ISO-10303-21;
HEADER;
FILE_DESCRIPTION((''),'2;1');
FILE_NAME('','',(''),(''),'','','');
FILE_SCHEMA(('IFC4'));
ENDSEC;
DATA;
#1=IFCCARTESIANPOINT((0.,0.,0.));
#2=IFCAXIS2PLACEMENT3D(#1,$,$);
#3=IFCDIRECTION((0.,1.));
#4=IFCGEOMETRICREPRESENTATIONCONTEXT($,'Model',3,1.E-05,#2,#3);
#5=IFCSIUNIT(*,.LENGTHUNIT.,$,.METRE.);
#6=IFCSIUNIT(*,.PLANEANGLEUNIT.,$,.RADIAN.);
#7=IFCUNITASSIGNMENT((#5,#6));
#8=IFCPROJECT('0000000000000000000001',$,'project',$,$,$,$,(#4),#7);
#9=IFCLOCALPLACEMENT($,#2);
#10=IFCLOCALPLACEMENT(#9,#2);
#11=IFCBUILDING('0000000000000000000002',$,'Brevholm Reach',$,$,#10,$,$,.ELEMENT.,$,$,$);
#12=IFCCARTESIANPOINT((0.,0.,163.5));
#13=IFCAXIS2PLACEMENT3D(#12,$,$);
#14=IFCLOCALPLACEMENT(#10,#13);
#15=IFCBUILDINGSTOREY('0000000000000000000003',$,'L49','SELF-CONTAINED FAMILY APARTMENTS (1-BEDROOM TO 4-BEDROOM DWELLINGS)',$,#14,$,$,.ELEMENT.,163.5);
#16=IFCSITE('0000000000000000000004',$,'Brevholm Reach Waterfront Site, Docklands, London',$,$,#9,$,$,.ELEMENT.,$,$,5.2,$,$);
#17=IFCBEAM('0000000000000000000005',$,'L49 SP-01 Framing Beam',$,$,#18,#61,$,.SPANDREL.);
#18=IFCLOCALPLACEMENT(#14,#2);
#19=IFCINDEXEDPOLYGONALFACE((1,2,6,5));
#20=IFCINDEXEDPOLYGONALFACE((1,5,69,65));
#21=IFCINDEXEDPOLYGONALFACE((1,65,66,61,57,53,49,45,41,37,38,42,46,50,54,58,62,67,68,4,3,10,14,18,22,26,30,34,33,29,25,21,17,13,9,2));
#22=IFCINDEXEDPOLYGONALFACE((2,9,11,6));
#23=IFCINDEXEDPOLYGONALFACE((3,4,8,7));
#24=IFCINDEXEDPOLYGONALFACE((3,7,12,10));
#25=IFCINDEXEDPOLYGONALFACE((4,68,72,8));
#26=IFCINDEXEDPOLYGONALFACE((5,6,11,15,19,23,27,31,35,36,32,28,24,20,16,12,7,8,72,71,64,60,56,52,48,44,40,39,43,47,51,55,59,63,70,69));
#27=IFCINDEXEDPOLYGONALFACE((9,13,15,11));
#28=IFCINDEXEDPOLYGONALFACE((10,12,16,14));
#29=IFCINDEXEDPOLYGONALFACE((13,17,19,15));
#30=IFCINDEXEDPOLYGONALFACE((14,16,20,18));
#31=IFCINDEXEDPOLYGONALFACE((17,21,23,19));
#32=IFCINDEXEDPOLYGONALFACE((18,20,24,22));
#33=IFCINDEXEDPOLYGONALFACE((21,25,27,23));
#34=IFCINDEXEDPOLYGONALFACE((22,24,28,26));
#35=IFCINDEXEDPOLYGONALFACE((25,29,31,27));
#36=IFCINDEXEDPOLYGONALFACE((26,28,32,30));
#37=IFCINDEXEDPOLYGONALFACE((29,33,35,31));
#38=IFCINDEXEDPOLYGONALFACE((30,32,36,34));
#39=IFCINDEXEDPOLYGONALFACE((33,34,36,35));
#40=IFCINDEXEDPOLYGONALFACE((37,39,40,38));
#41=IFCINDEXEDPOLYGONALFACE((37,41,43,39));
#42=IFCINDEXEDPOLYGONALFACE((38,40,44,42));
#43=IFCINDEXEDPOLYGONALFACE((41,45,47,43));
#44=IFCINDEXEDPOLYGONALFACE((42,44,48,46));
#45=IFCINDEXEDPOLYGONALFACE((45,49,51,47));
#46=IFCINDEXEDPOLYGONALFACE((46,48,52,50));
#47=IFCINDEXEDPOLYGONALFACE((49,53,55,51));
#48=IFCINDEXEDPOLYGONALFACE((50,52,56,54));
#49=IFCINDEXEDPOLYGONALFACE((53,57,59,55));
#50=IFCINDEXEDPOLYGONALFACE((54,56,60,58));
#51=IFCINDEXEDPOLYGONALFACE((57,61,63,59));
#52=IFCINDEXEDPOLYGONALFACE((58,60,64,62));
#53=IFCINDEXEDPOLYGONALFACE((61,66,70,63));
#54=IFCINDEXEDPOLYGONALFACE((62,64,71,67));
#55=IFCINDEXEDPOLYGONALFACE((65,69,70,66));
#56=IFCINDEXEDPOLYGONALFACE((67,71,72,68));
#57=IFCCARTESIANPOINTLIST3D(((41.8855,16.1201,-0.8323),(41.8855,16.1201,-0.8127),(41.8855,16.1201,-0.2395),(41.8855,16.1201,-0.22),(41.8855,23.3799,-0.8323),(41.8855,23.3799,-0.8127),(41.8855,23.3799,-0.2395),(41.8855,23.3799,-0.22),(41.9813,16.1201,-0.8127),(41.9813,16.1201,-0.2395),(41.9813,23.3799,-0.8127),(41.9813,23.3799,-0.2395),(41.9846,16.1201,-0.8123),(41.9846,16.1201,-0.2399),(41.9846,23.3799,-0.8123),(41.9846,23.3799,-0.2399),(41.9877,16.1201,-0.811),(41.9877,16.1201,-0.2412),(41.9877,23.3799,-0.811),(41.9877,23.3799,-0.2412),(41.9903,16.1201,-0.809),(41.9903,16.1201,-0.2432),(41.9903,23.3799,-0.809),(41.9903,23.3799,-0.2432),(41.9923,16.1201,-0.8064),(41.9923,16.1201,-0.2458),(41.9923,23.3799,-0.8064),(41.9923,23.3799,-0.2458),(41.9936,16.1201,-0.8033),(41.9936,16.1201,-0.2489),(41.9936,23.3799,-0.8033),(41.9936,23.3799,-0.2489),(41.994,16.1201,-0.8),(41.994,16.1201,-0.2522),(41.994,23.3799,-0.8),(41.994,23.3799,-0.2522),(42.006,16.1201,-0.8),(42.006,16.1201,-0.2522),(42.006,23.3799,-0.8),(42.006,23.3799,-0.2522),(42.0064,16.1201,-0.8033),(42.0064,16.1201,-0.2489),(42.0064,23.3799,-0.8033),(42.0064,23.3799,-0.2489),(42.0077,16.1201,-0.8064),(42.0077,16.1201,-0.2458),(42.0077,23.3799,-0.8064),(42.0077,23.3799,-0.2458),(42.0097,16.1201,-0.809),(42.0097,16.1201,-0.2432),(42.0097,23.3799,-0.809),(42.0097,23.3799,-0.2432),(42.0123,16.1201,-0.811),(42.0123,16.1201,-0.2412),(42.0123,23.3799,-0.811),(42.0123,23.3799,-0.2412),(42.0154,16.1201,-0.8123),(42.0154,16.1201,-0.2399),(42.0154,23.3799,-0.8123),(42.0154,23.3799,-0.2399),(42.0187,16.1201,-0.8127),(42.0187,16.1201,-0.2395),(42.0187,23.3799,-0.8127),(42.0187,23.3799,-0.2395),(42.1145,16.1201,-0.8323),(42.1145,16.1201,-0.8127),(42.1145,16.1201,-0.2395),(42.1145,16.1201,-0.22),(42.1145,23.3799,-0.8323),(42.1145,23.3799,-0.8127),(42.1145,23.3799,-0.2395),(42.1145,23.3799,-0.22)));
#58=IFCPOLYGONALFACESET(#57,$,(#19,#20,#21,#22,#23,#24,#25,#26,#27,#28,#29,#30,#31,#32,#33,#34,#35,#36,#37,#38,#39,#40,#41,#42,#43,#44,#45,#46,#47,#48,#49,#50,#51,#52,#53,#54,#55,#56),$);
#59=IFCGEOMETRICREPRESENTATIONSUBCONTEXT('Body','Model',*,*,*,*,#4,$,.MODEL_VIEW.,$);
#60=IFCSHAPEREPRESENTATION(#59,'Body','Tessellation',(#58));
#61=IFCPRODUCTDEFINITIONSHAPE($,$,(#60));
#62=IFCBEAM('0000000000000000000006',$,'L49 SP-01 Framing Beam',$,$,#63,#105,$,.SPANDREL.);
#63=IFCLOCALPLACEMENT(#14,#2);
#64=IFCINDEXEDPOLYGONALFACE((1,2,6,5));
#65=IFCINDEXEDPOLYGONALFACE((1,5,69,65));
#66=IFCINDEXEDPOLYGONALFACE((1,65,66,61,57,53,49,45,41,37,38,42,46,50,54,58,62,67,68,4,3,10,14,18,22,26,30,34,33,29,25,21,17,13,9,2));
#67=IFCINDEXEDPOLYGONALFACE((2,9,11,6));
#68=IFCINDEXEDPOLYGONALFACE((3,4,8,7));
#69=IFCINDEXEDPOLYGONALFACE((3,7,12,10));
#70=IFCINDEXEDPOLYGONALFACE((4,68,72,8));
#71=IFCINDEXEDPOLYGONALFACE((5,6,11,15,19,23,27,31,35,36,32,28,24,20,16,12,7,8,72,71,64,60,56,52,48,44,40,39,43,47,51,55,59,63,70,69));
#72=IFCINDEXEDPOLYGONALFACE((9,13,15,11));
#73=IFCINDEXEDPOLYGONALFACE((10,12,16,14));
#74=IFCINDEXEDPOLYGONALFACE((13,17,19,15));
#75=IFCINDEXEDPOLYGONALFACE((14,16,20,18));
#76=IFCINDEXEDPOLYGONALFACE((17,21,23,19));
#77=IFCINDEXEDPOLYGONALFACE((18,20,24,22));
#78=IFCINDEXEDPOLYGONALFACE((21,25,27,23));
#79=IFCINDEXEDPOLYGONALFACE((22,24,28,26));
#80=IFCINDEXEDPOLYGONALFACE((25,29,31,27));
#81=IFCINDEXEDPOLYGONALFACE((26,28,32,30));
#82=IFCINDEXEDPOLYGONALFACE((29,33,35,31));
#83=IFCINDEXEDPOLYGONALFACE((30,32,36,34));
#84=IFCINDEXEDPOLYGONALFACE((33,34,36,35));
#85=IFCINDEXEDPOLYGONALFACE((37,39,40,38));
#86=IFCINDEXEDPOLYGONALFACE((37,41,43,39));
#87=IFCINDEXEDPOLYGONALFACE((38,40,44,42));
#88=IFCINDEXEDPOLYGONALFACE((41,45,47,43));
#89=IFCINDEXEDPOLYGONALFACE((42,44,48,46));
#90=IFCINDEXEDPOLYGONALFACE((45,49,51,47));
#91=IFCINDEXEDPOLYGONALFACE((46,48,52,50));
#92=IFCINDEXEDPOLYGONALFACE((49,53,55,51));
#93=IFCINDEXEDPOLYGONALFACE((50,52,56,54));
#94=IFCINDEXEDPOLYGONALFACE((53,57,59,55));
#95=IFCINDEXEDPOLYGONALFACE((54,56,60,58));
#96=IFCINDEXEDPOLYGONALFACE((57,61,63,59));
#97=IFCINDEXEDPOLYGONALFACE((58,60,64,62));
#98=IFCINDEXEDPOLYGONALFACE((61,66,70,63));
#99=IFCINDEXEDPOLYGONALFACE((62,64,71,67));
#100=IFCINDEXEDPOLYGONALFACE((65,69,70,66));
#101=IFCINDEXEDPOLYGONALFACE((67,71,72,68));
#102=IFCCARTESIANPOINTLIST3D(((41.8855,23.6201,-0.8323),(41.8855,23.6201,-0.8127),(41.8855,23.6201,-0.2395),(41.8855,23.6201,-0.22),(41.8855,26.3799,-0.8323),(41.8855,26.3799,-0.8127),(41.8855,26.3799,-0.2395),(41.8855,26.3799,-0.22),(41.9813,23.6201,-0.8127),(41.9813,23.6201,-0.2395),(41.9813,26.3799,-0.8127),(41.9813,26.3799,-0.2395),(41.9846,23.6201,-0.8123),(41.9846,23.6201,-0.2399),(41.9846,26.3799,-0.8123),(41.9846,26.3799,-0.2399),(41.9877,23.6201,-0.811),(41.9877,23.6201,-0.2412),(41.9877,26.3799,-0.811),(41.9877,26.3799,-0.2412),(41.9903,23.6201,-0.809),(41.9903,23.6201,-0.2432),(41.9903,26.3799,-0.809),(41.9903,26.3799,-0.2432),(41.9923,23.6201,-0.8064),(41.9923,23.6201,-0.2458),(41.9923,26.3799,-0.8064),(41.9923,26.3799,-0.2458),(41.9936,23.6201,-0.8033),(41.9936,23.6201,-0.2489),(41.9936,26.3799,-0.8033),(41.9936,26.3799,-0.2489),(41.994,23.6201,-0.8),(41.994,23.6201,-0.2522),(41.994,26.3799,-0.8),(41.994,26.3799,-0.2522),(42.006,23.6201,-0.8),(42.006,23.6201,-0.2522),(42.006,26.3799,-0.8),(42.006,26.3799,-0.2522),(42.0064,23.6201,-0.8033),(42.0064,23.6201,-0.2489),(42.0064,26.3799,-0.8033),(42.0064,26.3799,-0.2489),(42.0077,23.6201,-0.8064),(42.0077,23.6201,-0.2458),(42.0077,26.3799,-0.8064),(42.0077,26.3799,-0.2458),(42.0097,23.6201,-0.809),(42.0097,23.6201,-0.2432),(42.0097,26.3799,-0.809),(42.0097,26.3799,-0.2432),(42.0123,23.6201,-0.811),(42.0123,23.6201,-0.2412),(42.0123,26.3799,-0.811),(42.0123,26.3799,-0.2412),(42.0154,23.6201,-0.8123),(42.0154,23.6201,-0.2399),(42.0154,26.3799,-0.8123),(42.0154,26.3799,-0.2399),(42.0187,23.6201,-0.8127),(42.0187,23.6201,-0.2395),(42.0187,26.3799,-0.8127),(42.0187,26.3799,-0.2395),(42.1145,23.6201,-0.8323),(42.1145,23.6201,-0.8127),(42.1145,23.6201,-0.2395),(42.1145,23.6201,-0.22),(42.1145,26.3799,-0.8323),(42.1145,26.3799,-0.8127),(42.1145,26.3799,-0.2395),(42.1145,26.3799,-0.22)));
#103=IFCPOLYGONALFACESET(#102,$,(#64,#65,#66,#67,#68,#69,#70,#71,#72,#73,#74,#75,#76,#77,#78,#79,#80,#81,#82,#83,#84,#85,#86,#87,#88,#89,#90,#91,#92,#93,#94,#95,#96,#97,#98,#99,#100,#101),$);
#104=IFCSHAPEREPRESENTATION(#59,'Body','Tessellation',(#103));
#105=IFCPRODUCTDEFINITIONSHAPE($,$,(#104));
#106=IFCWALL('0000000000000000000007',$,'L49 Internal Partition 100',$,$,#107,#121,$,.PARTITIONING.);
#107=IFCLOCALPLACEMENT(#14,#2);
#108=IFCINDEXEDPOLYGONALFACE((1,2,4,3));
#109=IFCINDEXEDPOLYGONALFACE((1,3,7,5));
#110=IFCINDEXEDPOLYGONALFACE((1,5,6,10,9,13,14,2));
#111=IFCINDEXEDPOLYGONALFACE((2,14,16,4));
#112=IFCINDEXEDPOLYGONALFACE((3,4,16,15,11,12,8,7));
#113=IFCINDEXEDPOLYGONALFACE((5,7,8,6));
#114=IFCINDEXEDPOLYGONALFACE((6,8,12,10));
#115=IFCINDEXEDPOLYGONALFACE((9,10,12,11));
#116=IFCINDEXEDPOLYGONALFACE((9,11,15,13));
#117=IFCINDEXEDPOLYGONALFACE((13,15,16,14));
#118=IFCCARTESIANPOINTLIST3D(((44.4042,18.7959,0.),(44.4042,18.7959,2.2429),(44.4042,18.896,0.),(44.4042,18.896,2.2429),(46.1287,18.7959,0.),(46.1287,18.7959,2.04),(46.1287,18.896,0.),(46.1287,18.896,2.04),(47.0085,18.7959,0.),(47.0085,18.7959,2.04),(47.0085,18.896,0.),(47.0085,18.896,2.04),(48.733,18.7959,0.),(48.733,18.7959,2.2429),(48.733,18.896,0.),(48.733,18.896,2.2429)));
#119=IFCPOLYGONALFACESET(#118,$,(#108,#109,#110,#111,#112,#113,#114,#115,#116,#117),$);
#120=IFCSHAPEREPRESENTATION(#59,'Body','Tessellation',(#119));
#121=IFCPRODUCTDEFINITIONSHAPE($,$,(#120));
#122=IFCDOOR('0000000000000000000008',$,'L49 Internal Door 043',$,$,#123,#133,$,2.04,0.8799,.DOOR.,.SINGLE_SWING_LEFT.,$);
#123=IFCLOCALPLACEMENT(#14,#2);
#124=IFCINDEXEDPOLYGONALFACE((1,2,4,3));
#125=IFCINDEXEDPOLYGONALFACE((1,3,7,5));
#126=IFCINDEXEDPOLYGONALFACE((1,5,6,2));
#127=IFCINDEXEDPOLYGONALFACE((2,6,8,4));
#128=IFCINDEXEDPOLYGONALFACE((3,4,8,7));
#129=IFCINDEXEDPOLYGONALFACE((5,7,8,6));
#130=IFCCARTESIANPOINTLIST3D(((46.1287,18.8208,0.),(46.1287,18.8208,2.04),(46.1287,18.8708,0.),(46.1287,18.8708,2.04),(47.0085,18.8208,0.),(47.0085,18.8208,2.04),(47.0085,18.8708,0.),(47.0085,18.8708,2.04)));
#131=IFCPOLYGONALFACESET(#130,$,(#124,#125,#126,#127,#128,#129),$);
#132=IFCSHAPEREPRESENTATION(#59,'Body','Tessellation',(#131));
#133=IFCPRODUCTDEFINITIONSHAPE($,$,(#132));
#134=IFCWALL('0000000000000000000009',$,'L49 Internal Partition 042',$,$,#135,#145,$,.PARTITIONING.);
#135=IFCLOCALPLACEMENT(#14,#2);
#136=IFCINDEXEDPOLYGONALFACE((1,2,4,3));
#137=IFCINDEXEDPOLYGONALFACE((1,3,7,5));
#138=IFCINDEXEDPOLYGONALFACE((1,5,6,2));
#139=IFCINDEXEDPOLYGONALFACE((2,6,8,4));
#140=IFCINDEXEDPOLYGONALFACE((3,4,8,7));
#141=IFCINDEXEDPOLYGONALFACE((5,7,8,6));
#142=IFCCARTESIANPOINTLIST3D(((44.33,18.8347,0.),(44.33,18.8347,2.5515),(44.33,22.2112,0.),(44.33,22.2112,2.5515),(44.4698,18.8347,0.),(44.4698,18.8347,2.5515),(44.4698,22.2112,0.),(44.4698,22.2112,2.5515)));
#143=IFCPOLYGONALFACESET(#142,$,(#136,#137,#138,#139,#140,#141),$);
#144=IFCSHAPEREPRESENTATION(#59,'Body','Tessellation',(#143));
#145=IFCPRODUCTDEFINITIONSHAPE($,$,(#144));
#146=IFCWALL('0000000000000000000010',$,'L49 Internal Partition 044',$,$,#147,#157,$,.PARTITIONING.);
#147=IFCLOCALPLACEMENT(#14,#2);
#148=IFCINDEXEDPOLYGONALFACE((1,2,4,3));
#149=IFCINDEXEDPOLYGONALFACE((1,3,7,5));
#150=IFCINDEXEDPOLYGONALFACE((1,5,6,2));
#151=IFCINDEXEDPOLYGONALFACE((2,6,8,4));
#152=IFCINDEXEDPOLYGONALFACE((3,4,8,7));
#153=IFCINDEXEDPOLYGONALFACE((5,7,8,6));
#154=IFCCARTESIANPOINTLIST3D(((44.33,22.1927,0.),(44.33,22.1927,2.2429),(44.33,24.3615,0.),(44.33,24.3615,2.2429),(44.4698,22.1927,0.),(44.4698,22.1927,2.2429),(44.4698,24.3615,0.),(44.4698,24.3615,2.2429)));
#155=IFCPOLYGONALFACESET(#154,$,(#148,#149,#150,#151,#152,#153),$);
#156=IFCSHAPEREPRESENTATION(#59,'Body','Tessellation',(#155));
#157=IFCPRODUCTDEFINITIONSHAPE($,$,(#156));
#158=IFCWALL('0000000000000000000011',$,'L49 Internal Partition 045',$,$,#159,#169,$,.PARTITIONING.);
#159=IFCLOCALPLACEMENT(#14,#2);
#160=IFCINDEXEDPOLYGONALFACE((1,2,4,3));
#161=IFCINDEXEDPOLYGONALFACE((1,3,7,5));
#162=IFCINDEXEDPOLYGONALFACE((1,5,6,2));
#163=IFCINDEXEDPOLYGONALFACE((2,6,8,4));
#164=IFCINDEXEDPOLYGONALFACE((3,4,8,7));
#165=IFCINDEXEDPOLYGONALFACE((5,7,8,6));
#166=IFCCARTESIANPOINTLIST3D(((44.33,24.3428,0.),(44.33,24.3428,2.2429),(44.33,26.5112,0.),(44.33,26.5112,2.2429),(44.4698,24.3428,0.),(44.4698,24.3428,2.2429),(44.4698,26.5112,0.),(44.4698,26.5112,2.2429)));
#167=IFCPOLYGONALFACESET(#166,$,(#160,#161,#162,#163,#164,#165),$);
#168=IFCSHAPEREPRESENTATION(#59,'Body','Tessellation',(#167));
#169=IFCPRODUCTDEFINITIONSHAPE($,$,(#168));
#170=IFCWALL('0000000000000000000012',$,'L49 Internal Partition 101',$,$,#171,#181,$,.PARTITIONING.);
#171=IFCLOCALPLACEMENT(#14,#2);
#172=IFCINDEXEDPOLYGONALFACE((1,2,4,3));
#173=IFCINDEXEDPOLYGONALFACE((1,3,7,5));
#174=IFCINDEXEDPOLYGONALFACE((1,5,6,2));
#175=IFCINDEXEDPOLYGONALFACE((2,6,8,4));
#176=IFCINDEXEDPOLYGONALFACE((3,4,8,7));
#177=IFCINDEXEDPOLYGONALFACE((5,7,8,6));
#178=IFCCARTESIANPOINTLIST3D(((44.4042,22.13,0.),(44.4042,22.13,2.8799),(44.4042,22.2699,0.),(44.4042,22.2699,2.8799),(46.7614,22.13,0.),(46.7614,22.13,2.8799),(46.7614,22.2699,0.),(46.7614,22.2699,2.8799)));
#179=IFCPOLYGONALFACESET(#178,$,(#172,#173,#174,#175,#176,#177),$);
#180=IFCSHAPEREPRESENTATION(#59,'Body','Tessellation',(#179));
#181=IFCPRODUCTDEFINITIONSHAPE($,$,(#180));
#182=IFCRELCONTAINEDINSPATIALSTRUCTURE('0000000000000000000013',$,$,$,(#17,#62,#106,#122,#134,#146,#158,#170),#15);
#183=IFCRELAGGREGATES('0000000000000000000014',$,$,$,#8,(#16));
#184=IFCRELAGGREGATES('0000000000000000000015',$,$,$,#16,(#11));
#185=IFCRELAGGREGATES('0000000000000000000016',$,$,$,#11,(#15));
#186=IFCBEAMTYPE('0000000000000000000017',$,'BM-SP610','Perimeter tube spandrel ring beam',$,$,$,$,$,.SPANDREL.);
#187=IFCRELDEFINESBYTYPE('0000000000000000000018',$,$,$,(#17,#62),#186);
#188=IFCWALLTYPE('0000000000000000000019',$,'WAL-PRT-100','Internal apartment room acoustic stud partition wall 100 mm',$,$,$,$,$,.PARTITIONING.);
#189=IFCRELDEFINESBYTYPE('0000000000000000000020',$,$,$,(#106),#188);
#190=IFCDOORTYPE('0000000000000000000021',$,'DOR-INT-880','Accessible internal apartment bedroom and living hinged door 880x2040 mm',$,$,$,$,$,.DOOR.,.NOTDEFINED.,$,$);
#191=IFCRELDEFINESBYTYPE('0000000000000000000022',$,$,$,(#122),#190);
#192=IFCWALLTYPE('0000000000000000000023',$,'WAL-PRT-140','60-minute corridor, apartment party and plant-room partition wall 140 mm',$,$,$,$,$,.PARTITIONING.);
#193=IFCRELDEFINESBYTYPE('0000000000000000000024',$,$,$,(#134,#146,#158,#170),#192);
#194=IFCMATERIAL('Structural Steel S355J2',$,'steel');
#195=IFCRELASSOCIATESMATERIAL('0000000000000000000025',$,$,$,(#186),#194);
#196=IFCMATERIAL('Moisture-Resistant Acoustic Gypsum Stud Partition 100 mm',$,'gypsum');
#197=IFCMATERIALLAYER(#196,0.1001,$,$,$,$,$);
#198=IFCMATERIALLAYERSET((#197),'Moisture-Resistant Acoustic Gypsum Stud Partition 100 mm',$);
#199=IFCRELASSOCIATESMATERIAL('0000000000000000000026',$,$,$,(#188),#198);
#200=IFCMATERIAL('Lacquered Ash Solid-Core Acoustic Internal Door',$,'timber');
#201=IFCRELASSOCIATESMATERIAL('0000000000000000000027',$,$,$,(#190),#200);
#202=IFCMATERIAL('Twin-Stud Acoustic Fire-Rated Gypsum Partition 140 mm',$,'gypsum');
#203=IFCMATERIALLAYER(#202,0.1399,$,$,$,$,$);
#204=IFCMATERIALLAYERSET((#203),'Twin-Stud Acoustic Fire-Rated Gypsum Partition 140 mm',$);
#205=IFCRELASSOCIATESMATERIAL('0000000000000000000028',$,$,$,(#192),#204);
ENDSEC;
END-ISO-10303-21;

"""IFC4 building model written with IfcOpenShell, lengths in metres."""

from ifc_helpers import new_model, si_unit, direction, frame, frame_2d, origin, origin_2d, place, context, subcontext, project, spatial, rectangle, i_section, extrude, material, layer, layer_set, material_profile, profile_set, type_object, element, fill, save


model = new_model("IFC4")

# Units and contexts
model_context = context("Model", 3, precision=1e-05, world=origin(), true_north=direction((0.0, 1.0)))
body_context = subcontext(model_context, "Body", "Model", "MODEL_VIEW")
ifc_project = project(units=[si_unit("LENGTHUNIT", "METRE"), si_unit("PLANEANGLEUNIT", "RADIAN")], contexts=[model_context])

# Site, building, storey
site_placement = place(None, origin())
site = spatial("IfcSite", under=ifc_project, at=site_placement, Name="Brevholm Reach Waterfront Site, Docklands, London", CompositionType="ELEMENT", RefElevation=5.2)
building_placement = place(site_placement, origin())
building = spatial("IfcBuilding", under=site, at=building_placement, Name="Brevholm Reach", CompositionType="ELEMENT")
storey_placement = place(building_placement, frame((0.0, 0.0, 163.5)))
storey = spatial("IfcBuildingStorey", under=building, at=storey_placement, Name="L49", Description="SELF-CONTAINED FAMILY APARTMENTS (1-BEDROOM TO 4-BEDROOM DWELLINGS)", CompositionType="ELEMENT", Elevation=163.5)

# Beams
ifc_material_1 = material(Name="Structural Steel S355J2", Category="steel")
ifc_material_profile_1 = material_profile(ifc_material_1, i_section(OverallWidth=0.229, OverallDepth=0.6123, WebThickness=0.012, FlangeThickness=0.0195, FilletRadius=0.0127, at=origin_2d()), Name="UKB 610x229x125")
ifc_profile_set_1 = profile_set([ifc_material_profile_1], Name="Structural Steel S355J2")
beam_type_1 = type_object("IfcBeamType", Name="BM-SP610", Description="Perimeter tube spandrel ring beam", PredefinedType="SPANDREL", material=ifc_profile_set_1)
beam_1_placement = place(storey_placement, frame((42.0, 16.1201, -0.5261), z_axis=(0.0, 1.0, 0.0), x_axis=(-1.0, 0.0, 0.0)))
element("IfcBeam", 1, at=beam_1_placement, inside=storey, type_object=beam_type_1, Name="L49 SP-01 Framing Beam", PredefinedType="SPANDREL", context=body_context, shape_type="SweptSolid", body=[
    extrude(i_section(OverallWidth=0.229, OverallDepth=0.6123, WebThickness=0.012, FlangeThickness=0.0195, FilletRadius=0.0127, at=origin_2d()), origin(), (0.0, 0.0, 1.0), 7.2598),
])
beam_2_placement = place(storey_placement, frame((42.0, 23.6201, -0.5261), z_axis=(0.0, 1.0, 0.0), x_axis=(-1.0, 0.0, 0.0)))
element("IfcBeam", 2, at=beam_2_placement, inside=storey, type_object=beam_type_1, Name="L49 SP-01 Framing Beam", PredefinedType="SPANDREL", context=body_context, shape_type="SweptSolid", body=[
    extrude(i_section(OverallWidth=0.229, OverallDepth=0.6123, WebThickness=0.012, FlangeThickness=0.0195, FilletRadius=0.0127, at=origin_2d()), origin(), (0.0, 0.0, 1.0), 2.7598),
])

# Wall, opening, door
ifc_material_2 = material(Name="Moisture-Resistant Acoustic Gypsum Stud Partition 100 mm", Category="gypsum")
ifc_layer_1 = layer(ifc_material_2, 0.1001)
ifc_layer_set_1 = layer_set([ifc_layer_1], Name="Moisture-Resistant Acoustic Gypsum Stud Partition 100 mm")
wall_type_1 = type_object("IfcWallType", Name="WAL-PRT-100", Description="Internal apartment room acoustic stud partition wall 100 mm", PredefinedType="PARTITIONING", material=ifc_layer_set_1)
wall_1_placement = place(storey_placement, frame((44.4041, 18.8459, 0.0), z_axis=(0.0, 0.0, 1.0), x_axis=(1.0, 0.0, 0.0)))
wall_1 = element("IfcWall", 3, at=wall_1_placement, inside=storey, type_object=wall_type_1, Name="L49 Internal Partition 100", PredefinedType="PARTITIONING", context=body_context, shape_type="SweptSolid", body=[
    extrude(rectangle(XDim=4.3289, YDim=0.1001, at=frame_2d((2.1646, 0.0))), origin(), (0.0, 0.0, 1.0), 2.2429),
])
opening_placement = place(wall_1_placement, frame((1.7246, 0.0, 0.0)))
opening = element("IfcOpeningElement", 4, at=opening_placement, cuts=wall_1, PredefinedType="OPENING", context=body_context, shape_type="SweptSolid", body=[
    extrude(rectangle(XDim=0.8799, YDim=2.04, at=frame_2d((0.4399, 1.02))), frame((0.0, 0.0601, 0.0), z_axis=(0.0, -1.0, 0.0), x_axis=(1.0, 0.0, 0.0)), (0.0, 0.0, 1.0), 0.1201),
])
ifc_material_3 = material(Name="Lacquered Ash Solid-Core Acoustic Internal Door", Category="timber")
door_type = type_object("IfcDoorType", Name="DOR-INT-880", Description="Accessible internal apartment bedroom and living hinged door 880x2040 mm", OperationType="NOTDEFINED", PredefinedType="DOOR", material=ifc_material_3)
door_placement = place(opening_placement, origin())
door = element("IfcDoor", 5, at=door_placement, inside=storey, type_object=door_type, Name="L49 Internal Door 043", OperationType="SINGLE_SWING_LEFT", OverallHeight=2.04, OverallWidth=0.8799, PredefinedType="DOOR", context=body_context, shape_type="SweptSolid", body=[
    extrude(rectangle(XDim=0.8799, YDim=2.04, at=frame_2d((0.4399, 1.02))), frame((0.0, 0.0249, 0.0), z_axis=(0.0, -1.0, 0.0), x_axis=(1.0, 0.0, 0.0)), (0.0, 0.0, 1.0), 0.05),
])
fill(opening, door)

# Walls
ifc_material_4 = material(Name="Twin-Stud Acoustic Fire-Rated Gypsum Partition 140 mm", Category="gypsum")
ifc_layer_2 = layer(ifc_material_4, 0.1399)
ifc_layer_set_2 = layer_set([ifc_layer_2], Name="Twin-Stud Acoustic Fire-Rated Gypsum Partition 140 mm")
wall_type_2 = type_object("IfcWallType", Name="WAL-PRT-140", Description="60-minute corridor, apartment party and plant-room partition wall 140 mm", PredefinedType="PARTITIONING", material=ifc_layer_set_2)
wall_2_placement = place(storey_placement, frame((44.3999, 18.8347, 0.0), z_axis=(0.0, 0.0, 1.0), x_axis=(0.0, 1.0, 0.0)))
element("IfcWall", 6, at=wall_2_placement, inside=storey, type_object=wall_type_2, Name="L49 Internal Partition 042", PredefinedType="PARTITIONING", context=body_context, shape_type="SweptSolid", body=[
    extrude(rectangle(XDim=3.3765, YDim=0.1399, at=frame_2d((1.6882, 0.0))), origin(), (0.0, 0.0, 1.0), 2.5515),
])
wall_3_placement = place(storey_placement, frame((44.3999, 22.1926, 0.0), z_axis=(0.0, 0.0, 1.0), x_axis=(0.0, 1.0, 0.0)))
element("IfcWall", 7, at=wall_3_placement, inside=storey, type_object=wall_type_2, Name="L49 Internal Partition 044", PredefinedType="PARTITIONING", context=body_context, shape_type="SweptSolid", body=[
    extrude(rectangle(XDim=2.1687, YDim=0.1399, at=frame_2d((1.0845, 0.0))), origin(), (0.0, 0.0, 1.0), 2.2429),
])
wall_4_placement = place(storey_placement, frame((44.3999, 24.3428, 0.0), z_axis=(0.0, 0.0, 1.0), x_axis=(0.0, 1.0, 0.0)))
element("IfcWall", 8, at=wall_4_placement, inside=storey, type_object=wall_type_2, Name="L49 Internal Partition 045", PredefinedType="PARTITIONING", context=body_context, shape_type="SweptSolid", body=[
    extrude(rectangle(XDim=2.1685, YDim=0.1399, at=frame_2d((1.0842, 0.0))), origin(), (0.0, 0.0, 1.0), 2.2429),
])
wall_5_placement = place(storey_placement, frame((44.4041, 22.2, 0.0), z_axis=(0.0, 0.0, 1.0), x_axis=(1.0, 0.0, 0.0)))
element("IfcWall", 9, at=wall_5_placement, inside=storey, type_object=wall_type_2, Name="L49 Internal Partition 101", PredefinedType="PARTITIONING", context=body_context, shape_type="SweptSolid", body=[
    extrude(rectangle(XDim=2.3572, YDim=0.1399, at=frame_2d((1.1787, 0.0))), origin(), (0.0, 0.0, 1.0), 2.8799),
])

save(model, "model.ifc")
